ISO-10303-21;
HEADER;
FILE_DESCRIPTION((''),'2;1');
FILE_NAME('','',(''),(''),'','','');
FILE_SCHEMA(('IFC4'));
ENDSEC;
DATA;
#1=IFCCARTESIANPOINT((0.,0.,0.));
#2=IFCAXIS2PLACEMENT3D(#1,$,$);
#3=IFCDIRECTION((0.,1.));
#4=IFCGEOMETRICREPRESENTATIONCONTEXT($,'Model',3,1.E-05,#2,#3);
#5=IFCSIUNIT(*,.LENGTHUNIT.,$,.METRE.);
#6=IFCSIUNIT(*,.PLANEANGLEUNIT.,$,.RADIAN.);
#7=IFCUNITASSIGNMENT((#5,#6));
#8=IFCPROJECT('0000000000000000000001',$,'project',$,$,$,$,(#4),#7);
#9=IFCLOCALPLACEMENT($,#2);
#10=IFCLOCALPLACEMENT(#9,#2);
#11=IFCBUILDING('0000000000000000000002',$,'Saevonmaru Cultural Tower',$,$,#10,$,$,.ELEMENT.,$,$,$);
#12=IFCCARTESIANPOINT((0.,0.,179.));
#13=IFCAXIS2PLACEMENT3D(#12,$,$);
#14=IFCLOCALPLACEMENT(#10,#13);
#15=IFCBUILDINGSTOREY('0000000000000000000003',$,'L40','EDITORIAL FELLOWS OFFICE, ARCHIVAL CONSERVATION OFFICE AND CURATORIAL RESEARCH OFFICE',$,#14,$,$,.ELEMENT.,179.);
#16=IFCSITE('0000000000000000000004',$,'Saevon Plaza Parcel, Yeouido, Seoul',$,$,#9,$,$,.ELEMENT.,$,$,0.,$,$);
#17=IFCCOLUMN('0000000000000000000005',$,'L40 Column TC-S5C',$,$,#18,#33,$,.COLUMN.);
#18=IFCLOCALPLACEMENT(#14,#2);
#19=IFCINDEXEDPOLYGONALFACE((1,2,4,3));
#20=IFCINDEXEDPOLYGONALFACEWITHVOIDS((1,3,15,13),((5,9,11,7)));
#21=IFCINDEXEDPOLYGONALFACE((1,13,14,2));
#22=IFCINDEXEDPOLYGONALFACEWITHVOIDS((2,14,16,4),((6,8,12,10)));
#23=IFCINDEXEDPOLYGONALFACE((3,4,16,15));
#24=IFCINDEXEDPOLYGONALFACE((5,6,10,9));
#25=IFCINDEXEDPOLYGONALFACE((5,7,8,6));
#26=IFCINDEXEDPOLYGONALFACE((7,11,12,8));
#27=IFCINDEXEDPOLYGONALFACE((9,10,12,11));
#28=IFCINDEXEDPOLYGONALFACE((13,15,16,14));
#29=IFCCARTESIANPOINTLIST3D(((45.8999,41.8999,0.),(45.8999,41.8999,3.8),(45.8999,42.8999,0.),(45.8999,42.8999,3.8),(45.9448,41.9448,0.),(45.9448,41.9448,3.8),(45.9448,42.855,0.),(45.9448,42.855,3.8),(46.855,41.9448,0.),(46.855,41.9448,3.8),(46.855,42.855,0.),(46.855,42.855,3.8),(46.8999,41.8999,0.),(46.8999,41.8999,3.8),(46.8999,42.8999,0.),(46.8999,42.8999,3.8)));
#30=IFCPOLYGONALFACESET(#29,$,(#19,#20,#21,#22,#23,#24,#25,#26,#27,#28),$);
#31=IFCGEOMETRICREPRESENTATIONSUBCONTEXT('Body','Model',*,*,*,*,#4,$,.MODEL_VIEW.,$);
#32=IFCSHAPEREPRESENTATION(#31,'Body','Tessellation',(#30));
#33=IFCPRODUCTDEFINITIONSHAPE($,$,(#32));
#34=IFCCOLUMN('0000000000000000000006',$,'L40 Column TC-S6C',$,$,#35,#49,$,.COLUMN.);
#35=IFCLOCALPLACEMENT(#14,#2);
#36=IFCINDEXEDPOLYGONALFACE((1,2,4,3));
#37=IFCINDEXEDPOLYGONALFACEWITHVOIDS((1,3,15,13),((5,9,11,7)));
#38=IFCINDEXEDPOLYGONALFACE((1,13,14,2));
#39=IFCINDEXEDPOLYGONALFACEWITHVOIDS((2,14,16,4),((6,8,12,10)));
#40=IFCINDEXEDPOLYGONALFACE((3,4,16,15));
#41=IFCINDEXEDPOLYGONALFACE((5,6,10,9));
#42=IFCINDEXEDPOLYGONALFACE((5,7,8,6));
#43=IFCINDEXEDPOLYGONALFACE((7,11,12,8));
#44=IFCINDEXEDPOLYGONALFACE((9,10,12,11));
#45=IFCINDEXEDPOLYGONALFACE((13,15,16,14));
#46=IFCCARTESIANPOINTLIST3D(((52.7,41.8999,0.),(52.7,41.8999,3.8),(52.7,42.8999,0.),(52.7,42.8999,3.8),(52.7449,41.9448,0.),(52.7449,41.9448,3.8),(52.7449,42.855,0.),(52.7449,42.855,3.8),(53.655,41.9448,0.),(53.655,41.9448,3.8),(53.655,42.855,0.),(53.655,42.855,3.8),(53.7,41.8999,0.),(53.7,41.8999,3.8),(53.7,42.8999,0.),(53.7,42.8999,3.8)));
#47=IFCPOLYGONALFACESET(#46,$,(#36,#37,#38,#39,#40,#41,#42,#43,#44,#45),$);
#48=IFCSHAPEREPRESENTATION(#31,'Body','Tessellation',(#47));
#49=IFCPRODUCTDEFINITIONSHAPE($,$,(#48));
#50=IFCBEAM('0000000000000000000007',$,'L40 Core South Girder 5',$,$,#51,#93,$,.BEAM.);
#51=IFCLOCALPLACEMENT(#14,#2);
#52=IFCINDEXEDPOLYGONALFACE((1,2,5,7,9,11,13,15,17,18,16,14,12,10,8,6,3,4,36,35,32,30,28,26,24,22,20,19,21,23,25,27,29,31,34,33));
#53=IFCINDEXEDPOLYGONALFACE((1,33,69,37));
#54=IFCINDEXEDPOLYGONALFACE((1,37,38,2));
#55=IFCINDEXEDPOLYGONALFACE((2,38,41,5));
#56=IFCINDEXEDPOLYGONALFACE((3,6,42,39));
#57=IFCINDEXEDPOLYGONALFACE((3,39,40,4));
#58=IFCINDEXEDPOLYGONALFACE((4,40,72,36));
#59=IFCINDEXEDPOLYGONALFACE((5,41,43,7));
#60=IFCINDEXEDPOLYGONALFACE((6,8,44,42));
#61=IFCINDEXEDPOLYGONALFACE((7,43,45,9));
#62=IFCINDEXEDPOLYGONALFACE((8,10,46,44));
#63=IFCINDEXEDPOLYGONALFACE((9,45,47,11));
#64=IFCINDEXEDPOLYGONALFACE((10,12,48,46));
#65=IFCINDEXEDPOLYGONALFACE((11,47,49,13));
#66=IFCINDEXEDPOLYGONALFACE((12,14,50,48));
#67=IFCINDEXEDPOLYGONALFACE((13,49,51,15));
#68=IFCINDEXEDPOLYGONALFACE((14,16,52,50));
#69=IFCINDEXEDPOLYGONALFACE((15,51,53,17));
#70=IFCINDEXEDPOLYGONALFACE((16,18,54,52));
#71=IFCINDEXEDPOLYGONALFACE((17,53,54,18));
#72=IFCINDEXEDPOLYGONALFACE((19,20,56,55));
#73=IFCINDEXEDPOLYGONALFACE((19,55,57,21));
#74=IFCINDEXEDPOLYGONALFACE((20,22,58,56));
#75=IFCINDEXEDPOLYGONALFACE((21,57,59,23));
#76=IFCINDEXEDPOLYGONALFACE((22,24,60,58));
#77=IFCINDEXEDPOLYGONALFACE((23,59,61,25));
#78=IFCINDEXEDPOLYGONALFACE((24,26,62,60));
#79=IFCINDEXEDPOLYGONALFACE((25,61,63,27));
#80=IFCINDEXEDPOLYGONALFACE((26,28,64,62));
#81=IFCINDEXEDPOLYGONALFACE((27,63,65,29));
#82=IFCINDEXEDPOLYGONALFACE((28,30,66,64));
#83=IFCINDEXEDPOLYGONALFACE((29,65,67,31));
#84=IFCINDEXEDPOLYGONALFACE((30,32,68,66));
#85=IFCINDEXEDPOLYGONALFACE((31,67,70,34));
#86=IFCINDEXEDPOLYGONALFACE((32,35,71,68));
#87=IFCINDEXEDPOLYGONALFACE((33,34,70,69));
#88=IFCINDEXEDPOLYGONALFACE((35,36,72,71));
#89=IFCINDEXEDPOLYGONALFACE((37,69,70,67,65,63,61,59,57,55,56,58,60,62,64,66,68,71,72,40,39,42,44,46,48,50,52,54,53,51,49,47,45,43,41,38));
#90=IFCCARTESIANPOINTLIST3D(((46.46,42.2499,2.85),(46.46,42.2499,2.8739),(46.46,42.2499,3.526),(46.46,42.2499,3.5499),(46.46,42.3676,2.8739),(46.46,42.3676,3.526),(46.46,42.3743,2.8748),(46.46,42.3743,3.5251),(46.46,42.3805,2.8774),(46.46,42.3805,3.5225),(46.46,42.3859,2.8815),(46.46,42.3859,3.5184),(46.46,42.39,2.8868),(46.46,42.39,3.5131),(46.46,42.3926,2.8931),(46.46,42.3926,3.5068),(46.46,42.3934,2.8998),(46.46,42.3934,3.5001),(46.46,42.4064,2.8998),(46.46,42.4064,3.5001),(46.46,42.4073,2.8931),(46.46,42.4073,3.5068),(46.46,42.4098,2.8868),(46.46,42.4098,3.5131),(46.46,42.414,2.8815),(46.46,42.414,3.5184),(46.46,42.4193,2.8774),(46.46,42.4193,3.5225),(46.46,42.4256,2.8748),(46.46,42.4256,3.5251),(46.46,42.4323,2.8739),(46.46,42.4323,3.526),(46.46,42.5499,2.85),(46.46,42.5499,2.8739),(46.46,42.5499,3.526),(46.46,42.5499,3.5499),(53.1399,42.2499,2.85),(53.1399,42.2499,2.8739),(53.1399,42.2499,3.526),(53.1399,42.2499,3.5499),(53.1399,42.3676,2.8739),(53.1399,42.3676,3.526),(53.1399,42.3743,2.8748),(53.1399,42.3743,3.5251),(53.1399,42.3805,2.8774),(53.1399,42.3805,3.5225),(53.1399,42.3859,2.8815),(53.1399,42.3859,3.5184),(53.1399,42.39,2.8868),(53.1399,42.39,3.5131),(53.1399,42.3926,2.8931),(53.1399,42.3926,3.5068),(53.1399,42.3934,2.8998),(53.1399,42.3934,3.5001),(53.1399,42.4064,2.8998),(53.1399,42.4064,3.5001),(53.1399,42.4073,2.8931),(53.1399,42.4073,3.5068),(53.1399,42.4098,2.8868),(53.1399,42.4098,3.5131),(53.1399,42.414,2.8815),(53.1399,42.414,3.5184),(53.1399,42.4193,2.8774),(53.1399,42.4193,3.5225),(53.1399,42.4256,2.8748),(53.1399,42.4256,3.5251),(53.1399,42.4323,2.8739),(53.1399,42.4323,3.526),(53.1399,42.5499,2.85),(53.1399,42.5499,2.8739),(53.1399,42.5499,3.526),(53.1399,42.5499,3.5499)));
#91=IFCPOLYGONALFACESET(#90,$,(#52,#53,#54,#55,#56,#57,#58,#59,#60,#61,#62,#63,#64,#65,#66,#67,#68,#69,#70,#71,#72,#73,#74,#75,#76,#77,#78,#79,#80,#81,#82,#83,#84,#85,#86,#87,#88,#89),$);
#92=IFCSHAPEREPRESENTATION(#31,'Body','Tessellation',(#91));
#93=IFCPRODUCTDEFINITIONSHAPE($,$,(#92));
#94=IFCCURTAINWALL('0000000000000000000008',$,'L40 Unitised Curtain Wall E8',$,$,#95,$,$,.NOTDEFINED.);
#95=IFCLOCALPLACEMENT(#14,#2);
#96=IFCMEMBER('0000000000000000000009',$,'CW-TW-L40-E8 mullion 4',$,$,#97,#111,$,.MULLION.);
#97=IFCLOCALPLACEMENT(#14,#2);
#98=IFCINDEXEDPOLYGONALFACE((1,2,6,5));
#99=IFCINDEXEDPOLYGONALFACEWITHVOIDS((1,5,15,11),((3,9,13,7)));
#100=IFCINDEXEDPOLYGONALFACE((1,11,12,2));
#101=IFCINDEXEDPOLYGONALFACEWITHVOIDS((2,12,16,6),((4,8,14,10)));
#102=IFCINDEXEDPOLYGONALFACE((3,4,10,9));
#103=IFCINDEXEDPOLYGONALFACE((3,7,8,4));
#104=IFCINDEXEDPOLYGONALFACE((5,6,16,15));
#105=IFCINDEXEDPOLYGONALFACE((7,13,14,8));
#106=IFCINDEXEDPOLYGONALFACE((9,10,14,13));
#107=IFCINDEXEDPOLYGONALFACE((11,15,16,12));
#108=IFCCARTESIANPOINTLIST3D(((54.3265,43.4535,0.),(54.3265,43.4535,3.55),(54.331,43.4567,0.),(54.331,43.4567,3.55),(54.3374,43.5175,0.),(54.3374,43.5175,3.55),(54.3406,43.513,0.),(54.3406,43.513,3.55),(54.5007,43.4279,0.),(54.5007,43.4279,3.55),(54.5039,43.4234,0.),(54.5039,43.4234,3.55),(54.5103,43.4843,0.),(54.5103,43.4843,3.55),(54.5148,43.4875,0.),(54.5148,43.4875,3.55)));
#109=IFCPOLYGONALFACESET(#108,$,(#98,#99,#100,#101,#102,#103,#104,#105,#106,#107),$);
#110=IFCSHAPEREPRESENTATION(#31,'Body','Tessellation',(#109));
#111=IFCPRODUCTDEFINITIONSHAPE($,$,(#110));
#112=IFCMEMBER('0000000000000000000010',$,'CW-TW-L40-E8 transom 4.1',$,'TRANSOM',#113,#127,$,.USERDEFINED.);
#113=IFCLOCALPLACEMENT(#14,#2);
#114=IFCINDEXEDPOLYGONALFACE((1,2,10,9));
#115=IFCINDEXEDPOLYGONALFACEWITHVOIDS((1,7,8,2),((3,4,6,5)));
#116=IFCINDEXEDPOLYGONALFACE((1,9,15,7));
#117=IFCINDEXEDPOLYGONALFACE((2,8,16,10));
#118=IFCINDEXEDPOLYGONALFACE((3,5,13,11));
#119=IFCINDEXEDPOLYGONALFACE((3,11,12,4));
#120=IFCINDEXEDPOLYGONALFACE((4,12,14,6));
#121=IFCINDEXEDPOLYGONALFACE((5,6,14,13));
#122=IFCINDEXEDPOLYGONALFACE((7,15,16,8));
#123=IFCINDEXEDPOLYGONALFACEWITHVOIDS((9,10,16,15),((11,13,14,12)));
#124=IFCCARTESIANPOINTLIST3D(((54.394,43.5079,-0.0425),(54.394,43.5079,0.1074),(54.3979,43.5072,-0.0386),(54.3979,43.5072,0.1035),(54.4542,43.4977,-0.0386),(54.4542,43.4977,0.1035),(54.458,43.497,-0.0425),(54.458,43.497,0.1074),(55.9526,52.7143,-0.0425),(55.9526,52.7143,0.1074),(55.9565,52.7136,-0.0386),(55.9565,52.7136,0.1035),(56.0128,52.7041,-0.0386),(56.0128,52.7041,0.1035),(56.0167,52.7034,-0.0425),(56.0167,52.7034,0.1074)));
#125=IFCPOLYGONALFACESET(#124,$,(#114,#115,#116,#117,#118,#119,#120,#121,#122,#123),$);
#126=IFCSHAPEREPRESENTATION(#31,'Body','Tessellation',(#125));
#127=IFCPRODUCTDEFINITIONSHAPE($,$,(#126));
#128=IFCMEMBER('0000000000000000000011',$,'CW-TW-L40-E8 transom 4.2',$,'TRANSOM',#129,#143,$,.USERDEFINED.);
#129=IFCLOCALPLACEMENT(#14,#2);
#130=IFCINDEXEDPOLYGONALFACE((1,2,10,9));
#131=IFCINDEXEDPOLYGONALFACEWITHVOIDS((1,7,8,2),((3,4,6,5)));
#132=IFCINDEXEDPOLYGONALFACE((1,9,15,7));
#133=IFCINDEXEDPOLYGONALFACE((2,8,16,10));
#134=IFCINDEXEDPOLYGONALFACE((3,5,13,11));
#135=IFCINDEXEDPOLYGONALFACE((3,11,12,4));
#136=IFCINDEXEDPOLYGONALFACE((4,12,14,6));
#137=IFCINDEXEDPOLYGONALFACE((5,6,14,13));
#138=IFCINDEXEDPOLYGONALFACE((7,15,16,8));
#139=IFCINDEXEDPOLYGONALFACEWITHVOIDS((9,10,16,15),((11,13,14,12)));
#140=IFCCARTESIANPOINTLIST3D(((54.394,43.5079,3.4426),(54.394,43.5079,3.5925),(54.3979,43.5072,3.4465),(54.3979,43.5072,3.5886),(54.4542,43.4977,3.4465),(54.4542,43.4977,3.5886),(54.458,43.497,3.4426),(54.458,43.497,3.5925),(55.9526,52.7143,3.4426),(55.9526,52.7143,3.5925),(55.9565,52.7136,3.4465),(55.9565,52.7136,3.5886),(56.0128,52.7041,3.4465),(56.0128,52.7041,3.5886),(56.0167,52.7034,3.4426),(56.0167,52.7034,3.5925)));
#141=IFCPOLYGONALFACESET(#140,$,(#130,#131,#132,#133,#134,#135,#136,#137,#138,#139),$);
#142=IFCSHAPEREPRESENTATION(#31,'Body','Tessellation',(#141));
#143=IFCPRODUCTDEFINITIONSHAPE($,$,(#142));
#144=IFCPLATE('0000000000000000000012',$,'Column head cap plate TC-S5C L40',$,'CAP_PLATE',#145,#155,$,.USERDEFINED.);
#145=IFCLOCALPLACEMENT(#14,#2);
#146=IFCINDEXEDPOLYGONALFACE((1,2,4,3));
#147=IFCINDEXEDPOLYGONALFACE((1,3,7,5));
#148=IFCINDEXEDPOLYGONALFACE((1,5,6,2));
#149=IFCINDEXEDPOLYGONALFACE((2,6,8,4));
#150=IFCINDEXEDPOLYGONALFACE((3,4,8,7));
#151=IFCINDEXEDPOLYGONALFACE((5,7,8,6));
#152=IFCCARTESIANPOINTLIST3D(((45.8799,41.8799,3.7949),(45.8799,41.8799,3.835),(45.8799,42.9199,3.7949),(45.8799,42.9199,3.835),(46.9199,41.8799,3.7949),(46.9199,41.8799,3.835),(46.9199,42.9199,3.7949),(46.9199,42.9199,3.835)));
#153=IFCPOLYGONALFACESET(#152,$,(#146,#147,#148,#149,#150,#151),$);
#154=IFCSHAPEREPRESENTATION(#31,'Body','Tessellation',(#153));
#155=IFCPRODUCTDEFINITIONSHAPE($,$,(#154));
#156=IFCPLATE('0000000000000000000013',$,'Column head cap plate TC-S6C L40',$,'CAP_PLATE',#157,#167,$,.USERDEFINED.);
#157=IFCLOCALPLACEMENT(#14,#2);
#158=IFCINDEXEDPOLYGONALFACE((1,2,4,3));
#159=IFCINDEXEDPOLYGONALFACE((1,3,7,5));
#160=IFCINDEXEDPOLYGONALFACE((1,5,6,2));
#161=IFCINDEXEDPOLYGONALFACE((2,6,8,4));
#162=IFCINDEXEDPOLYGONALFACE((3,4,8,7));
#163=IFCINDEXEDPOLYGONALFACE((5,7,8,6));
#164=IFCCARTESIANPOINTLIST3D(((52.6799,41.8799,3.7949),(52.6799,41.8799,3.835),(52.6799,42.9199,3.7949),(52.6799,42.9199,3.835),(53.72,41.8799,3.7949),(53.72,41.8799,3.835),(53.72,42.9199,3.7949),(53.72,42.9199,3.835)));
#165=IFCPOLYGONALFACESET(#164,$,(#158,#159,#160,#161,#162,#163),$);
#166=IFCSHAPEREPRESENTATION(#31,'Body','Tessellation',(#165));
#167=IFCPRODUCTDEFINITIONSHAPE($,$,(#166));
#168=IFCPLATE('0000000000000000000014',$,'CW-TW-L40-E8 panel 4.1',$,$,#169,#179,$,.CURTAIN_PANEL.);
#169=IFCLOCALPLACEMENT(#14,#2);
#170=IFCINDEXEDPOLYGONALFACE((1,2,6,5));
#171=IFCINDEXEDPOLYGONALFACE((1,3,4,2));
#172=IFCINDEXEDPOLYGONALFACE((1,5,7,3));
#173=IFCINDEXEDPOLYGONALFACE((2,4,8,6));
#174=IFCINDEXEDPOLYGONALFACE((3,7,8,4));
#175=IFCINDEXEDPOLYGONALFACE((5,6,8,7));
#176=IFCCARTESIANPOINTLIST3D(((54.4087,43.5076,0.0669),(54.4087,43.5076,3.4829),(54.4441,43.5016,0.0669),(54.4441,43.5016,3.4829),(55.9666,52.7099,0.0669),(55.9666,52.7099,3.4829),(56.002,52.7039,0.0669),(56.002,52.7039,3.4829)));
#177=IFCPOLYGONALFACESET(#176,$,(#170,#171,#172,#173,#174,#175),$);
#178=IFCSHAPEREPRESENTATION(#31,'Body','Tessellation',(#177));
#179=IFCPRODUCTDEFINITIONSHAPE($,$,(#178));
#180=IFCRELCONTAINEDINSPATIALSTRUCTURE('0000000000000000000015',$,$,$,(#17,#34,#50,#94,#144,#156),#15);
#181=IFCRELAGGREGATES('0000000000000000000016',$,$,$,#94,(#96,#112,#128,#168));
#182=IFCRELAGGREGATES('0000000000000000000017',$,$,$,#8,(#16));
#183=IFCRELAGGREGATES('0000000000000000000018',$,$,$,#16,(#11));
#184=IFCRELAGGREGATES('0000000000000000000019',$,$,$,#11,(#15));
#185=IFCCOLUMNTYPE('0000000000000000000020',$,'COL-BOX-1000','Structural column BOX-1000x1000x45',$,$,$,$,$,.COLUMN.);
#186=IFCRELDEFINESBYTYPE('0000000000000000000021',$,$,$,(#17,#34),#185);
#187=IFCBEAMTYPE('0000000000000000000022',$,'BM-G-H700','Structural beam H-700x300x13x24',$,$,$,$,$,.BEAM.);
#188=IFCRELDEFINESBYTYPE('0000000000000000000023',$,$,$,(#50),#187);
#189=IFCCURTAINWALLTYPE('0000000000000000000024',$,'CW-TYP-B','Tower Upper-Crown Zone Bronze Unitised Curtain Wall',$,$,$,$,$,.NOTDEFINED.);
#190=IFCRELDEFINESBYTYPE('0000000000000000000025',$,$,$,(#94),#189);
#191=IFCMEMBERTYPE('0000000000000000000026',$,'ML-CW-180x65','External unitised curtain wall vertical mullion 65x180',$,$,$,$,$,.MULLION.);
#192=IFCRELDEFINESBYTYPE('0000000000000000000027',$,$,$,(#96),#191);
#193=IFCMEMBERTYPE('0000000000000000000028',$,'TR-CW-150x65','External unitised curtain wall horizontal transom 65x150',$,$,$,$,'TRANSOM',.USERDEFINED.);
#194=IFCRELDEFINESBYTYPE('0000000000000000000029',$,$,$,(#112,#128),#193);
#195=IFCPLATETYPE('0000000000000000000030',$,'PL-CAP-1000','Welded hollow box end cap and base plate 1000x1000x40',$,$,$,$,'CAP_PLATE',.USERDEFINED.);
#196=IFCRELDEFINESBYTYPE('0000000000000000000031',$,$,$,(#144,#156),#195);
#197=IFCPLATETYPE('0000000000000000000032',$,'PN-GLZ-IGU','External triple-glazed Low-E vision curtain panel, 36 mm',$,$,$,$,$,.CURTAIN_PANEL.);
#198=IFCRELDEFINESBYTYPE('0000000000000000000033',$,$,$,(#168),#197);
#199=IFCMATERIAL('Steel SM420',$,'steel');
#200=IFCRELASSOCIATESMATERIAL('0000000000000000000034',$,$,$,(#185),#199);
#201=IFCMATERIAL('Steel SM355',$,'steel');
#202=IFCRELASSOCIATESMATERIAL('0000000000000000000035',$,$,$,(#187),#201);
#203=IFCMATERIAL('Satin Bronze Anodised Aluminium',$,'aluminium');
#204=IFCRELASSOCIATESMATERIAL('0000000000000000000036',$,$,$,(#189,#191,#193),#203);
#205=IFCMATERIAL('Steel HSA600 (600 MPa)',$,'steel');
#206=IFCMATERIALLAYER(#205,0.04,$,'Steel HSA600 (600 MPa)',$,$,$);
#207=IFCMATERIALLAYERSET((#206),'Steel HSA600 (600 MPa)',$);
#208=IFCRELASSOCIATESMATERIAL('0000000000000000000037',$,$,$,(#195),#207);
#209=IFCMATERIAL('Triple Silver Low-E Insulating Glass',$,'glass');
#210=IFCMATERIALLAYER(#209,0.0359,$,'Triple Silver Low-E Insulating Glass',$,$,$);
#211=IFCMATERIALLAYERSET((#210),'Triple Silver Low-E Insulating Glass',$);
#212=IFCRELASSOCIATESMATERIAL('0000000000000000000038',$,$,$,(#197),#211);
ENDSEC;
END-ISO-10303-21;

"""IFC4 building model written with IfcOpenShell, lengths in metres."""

from ifc_helpers import new_model, si_unit, direction, frame, origin, origin_2d, place, context, subcontext, project, spatial, rectangle, hollow_rectangle, i_section, extrude, material, layer, layer_set, material_profile, profile_set, type_object, element, aggregate, save


model = new_model("IFC4")

# Units and contexts
model_context = context("Model", 3, precision=1e-05, world=origin(), true_north=direction((0.0, 1.0)))
body_context = subcontext(model_context, "Body", "Model", "MODEL_VIEW")
ifc_project = project(units=[si_unit("LENGTHUNIT", "METRE"), si_unit("PLANEANGLEUNIT", "RADIAN")], contexts=[model_context])

# Site, building, storey
site_placement = place(None, origin())
site = spatial("IfcSite", under=ifc_project, at=site_placement, Name="Saevon Plaza Parcel, Yeouido, Seoul", CompositionType="ELEMENT", RefElevation=0.0)
building_placement = place(site_placement, origin())
building = spatial("IfcBuilding", under=site, at=building_placement, Name="Saevonmaru Cultural Tower", CompositionType="ELEMENT")
storey_placement = place(building_placement, frame((0.0, 0.0, 179.0)))
storey = spatial("IfcBuildingStorey", under=building, at=storey_placement, Name="L40", Description="EDITORIAL FELLOWS OFFICE, ARCHIVAL CONSERVATION OFFICE AND CURATORIAL RESEARCH OFFICE", CompositionType="ELEMENT", Elevation=179.0)

# Columns
ifc_material_1 = material(Name="Steel SM420", Category="steel")
ifc_material_profile_1 = material_profile(ifc_material_1, hollow_rectangle(XDim=1.0, YDim=1.0, WallThickness=0.0449, at=origin_2d()), Name="BOX-1000x1000x45")
ifc_profile_set_1 = profile_set([ifc_material_profile_1], Name="Steel SM420")
column_type = type_object("IfcColumnType", Name="COL-BOX-1000", Description="Structural column BOX-1000x1000x45", PredefinedType="COLUMN", material=ifc_profile_set_1)
for number, where, z_axis, x_axis, name in (
    (1, (46.3999, 42.3999, 0.0), (0.0, 0.0, 1.0), (1.0, 0.0, 0.0), "L40 Column TC-S5C"),
    (2, (53.2, 42.3999, 0.0), (0.0, 0.0, 1.0), (1.0, 0.0, 0.0), "L40 Column TC-S6C"),
):
    element("IfcColumn", number, at=place(storey_placement, frame(where, z_axis=z_axis, x_axis=x_axis)), inside=storey, type_object=column_type, Name=name, PredefinedType="COLUMN", context=body_context, shape_type="SweptSolid", body=[
        extrude(hollow_rectangle(XDim=1.0, YDim=1.0, WallThickness=0.0449, at=origin_2d()), origin(), (0.0, 0.0, 1.0), 3.8),
    ])

# Beam
ifc_material_2 = material(Name="Steel SM355", Category="steel")
ifc_material_profile_2 = material_profile(ifc_material_2, i_section(OverallWidth=0.3, OverallDepth=0.7, WebThickness=0.0129, FlangeThickness=0.0239, FilletRadius=0.0259, at=origin_2d()), Name="H-700x300x13x24")
ifc_profile_set_2 = profile_set([ifc_material_profile_2], Name="Steel SM355")
beam_type = type_object("IfcBeamType", Name="BM-G-H700", Description="Structural beam H-700x300x13x24", PredefinedType="BEAM", material=ifc_profile_set_2)
beam_placement = place(storey_placement, frame((46.46, 42.3999, 3.2), z_axis=(1.0, 0.0, 0.0), x_axis=(0.0, 1.0, 0.0)))
element("IfcBeam", 3, at=beam_placement, inside=storey, type_object=beam_type, Name="L40 Core South Girder 5", PredefinedType="BEAM", context=body_context, shape_type="SweptSolid", body=[
    extrude(i_section(OverallWidth=0.3, OverallDepth=0.7, WebThickness=0.0129, FlangeThickness=0.0239, FilletRadius=0.0259, at=origin_2d()), origin(), (0.0, 0.0, 1.0), 6.6799),
])

# Curtain wall, members
ifc_material_3 = material(Name="Satin Bronze Anodised Aluminium", Category="aluminium")
curtain_wall_type = type_object("IfcCurtainWallType", Name="CW-TYP-B", Description="Tower Upper-Crown Zone Bronze Unitised Curtain Wall", PredefinedType="NOTDEFINED", material=ifc_material_3)
curtain_wall_placement = place(storey_placement, origin())
curtain_wall = element("IfcCurtainWall", 4, at=curtain_wall_placement, inside=storey, type_object=curtain_wall_type, Name="L40 Unitised Curtain Wall E8", PredefinedType="NOTDEFINED")
ifc_material_profile_3 = material_profile(ifc_material_3, hollow_rectangle(XDim=0.0649, YDim=0.1799, WallThickness=0.0039, at=origin_2d()), Name="ALU-MULL-180x65x4")
ifc_profile_set_3 = profile_set([ifc_material_profile_3], Name="Satin Bronze Anodised Aluminium")
member_type_1 = type_object("IfcMemberType", Name="ML-CW-180x65", Description="External unitised curtain wall vertical mullion 65x180", PredefinedType="MULLION", material=ifc_profile_set_3)
member_1_placement = place(storey_placement, frame((54.4207, 43.4705, 0.0), z_axis=(0.0, 0.0, 1.0), x_axis=(0.166922, 0.98597, 0.0)))
member_1 = element("IfcMember", 5, at=member_1_placement, type_object=member_type_1, Name="CW-TW-L40-E8 mullion 4", PredefinedType="MULLION", context=body_context, shape_type="SweptSolid", body=[
    extrude(hollow_rectangle(XDim=0.0649, YDim=0.1799, WallThickness=0.0039, at=origin_2d()), origin(), (0.0, 0.0, 1.0), 3.55),
])
ifc_material_profile_4 = material_profile(ifc_material_3, hollow_rectangle(XDim=0.0649, YDim=0.1499, WallThickness=0.0039, at=origin_2d()), Name="ALU-TRAN-150x65x4")
ifc_profile_set_4 = profile_set([ifc_material_profile_4], Name="Satin Bronze Anodised Aluminium")
member_type_2 = type_object("IfcMemberType", Name="TR-CW-150x65", Description="External unitised curtain wall horizontal transom 65x150", ElementType="TRANSOM", PredefinedType="USERDEFINED", material=ifc_profile_set_4)
member_2_placement = place(storey_placement, frame((54.426, 43.5024, 0.0325), z_axis=(0.166921, 0.98597, 0.0), x_axis=(-0.98597, 0.166921, 0.0)))
member_2 = element("IfcMember", 6, at=member_2_placement, type_object=member_type_2, Name="CW-TW-L40-E8 transom 4.1", ObjectType="TRANSOM", PredefinedType="USERDEFINED", context=body_context, shape_type="SweptSolid", body=[
    extrude(hollow_rectangle(XDim=0.0649, YDim=0.1499, WallThickness=0.0039, at=origin_2d()), origin(), (0.0, 0.0, 1.0), 9.3374),
])
member_3_placement = place(storey_placement, frame((54.426, 43.5024, 3.5176), z_axis=(0.166921, 0.98597, 0.0), x_axis=(-0.98597, 0.166921, 0.0)))
member_3 = element("IfcMember", 7, at=member_3_placement, type_object=member_type_2, Name="CW-TW-L40-E8 transom 4.2", ObjectType="TRANSOM", PredefinedType="USERDEFINED", context=body_context, shape_type="SweptSolid", body=[
    extrude(hollow_rectangle(XDim=0.0649, YDim=0.1499, WallThickness=0.0039, at=origin_2d()), origin(), (0.0, 0.0, 1.0), 9.3374),
])

# Plates
ifc_material_4 = material(Name="Steel HSA600 (600 MPa)", Category="steel")
ifc_layer_1 = layer(ifc_material_4, 0.04, Name="Steel HSA600 (600 MPa)")
ifc_layer_set_1 = layer_set([ifc_layer_1], Name="Steel HSA600 (600 MPa)")
plate_type_1 = type_object("IfcPlateType", Name="PL-CAP-1000", Description="Welded hollow box end cap and base plate 1000x1000x40", ElementType="CAP_PLATE", PredefinedType="USERDEFINED", material=ifc_layer_set_1)
for number, where, z_axis, x_axis, name in (
    (8, (46.3999, 42.3999, 3.7949), (0.0, 0.0, 1.0), (1.0, 0.0, 0.0), "Column head cap plate TC-S5C L40"),
    (9, (53.2, 42.3999, 3.7949), (0.0, 0.0, 1.0), (1.0, 0.0, 0.0), "Column head cap plate TC-S6C L40"),
):
    element("IfcPlate", number, at=place(storey_placement, frame(where, z_axis=z_axis, x_axis=x_axis)), inside=storey, type_object=plate_type_1, Name=name, ObjectType="CAP_PLATE", PredefinedType="USERDEFINED", context=body_context, shape_type="SweptSolid", body=[
        extrude(rectangle(XDim=1.04, YDim=1.04, at=origin_2d()), origin(), (0.0, 0.0, 1.0), 0.04),
    ])

# Plate
ifc_material_5 = material(Name="Triple Silver Low-E Insulating Glass", Category="glass")
ifc_layer_2 = layer(ifc_material_5, 0.0359, Name="Triple Silver Low-E Insulating Glass")
ifc_layer_set_2 = layer_set([ifc_layer_2], Name="Triple Silver Low-E Insulating Glass")
plate_type_2 = type_object("IfcPlateType", Name="PN-GLZ-IGU", Description="External triple-glazed Low-E vision curtain panel, 36 mm", PredefinedType="CURTAIN_PANEL", material=ifc_layer_set_2)
plate_placement = place(storey_placement, frame((55.2053, 48.1057, 0.0669), z_axis=(0.0, 0.0, 1.0), x_axis=(0.166922, 0.98597, 0.0)))
plate = element("IfcPlate", 10, at=plate_placement, type_object=plate_type_2, Name="CW-TW-L40-E8 panel 4.1", PredefinedType="CURTAIN_PANEL", context=body_context, shape_type="SweptSolid", body=[
    extrude(rectangle(XDim=9.3333, YDim=0.0359, at=origin_2d()), origin(), (0.0, 0.0, 1.0), 3.416),
])
aggregate(curtain_wall, [member_1, member_2, member_3, plate])

save(model, "model.ifc")
